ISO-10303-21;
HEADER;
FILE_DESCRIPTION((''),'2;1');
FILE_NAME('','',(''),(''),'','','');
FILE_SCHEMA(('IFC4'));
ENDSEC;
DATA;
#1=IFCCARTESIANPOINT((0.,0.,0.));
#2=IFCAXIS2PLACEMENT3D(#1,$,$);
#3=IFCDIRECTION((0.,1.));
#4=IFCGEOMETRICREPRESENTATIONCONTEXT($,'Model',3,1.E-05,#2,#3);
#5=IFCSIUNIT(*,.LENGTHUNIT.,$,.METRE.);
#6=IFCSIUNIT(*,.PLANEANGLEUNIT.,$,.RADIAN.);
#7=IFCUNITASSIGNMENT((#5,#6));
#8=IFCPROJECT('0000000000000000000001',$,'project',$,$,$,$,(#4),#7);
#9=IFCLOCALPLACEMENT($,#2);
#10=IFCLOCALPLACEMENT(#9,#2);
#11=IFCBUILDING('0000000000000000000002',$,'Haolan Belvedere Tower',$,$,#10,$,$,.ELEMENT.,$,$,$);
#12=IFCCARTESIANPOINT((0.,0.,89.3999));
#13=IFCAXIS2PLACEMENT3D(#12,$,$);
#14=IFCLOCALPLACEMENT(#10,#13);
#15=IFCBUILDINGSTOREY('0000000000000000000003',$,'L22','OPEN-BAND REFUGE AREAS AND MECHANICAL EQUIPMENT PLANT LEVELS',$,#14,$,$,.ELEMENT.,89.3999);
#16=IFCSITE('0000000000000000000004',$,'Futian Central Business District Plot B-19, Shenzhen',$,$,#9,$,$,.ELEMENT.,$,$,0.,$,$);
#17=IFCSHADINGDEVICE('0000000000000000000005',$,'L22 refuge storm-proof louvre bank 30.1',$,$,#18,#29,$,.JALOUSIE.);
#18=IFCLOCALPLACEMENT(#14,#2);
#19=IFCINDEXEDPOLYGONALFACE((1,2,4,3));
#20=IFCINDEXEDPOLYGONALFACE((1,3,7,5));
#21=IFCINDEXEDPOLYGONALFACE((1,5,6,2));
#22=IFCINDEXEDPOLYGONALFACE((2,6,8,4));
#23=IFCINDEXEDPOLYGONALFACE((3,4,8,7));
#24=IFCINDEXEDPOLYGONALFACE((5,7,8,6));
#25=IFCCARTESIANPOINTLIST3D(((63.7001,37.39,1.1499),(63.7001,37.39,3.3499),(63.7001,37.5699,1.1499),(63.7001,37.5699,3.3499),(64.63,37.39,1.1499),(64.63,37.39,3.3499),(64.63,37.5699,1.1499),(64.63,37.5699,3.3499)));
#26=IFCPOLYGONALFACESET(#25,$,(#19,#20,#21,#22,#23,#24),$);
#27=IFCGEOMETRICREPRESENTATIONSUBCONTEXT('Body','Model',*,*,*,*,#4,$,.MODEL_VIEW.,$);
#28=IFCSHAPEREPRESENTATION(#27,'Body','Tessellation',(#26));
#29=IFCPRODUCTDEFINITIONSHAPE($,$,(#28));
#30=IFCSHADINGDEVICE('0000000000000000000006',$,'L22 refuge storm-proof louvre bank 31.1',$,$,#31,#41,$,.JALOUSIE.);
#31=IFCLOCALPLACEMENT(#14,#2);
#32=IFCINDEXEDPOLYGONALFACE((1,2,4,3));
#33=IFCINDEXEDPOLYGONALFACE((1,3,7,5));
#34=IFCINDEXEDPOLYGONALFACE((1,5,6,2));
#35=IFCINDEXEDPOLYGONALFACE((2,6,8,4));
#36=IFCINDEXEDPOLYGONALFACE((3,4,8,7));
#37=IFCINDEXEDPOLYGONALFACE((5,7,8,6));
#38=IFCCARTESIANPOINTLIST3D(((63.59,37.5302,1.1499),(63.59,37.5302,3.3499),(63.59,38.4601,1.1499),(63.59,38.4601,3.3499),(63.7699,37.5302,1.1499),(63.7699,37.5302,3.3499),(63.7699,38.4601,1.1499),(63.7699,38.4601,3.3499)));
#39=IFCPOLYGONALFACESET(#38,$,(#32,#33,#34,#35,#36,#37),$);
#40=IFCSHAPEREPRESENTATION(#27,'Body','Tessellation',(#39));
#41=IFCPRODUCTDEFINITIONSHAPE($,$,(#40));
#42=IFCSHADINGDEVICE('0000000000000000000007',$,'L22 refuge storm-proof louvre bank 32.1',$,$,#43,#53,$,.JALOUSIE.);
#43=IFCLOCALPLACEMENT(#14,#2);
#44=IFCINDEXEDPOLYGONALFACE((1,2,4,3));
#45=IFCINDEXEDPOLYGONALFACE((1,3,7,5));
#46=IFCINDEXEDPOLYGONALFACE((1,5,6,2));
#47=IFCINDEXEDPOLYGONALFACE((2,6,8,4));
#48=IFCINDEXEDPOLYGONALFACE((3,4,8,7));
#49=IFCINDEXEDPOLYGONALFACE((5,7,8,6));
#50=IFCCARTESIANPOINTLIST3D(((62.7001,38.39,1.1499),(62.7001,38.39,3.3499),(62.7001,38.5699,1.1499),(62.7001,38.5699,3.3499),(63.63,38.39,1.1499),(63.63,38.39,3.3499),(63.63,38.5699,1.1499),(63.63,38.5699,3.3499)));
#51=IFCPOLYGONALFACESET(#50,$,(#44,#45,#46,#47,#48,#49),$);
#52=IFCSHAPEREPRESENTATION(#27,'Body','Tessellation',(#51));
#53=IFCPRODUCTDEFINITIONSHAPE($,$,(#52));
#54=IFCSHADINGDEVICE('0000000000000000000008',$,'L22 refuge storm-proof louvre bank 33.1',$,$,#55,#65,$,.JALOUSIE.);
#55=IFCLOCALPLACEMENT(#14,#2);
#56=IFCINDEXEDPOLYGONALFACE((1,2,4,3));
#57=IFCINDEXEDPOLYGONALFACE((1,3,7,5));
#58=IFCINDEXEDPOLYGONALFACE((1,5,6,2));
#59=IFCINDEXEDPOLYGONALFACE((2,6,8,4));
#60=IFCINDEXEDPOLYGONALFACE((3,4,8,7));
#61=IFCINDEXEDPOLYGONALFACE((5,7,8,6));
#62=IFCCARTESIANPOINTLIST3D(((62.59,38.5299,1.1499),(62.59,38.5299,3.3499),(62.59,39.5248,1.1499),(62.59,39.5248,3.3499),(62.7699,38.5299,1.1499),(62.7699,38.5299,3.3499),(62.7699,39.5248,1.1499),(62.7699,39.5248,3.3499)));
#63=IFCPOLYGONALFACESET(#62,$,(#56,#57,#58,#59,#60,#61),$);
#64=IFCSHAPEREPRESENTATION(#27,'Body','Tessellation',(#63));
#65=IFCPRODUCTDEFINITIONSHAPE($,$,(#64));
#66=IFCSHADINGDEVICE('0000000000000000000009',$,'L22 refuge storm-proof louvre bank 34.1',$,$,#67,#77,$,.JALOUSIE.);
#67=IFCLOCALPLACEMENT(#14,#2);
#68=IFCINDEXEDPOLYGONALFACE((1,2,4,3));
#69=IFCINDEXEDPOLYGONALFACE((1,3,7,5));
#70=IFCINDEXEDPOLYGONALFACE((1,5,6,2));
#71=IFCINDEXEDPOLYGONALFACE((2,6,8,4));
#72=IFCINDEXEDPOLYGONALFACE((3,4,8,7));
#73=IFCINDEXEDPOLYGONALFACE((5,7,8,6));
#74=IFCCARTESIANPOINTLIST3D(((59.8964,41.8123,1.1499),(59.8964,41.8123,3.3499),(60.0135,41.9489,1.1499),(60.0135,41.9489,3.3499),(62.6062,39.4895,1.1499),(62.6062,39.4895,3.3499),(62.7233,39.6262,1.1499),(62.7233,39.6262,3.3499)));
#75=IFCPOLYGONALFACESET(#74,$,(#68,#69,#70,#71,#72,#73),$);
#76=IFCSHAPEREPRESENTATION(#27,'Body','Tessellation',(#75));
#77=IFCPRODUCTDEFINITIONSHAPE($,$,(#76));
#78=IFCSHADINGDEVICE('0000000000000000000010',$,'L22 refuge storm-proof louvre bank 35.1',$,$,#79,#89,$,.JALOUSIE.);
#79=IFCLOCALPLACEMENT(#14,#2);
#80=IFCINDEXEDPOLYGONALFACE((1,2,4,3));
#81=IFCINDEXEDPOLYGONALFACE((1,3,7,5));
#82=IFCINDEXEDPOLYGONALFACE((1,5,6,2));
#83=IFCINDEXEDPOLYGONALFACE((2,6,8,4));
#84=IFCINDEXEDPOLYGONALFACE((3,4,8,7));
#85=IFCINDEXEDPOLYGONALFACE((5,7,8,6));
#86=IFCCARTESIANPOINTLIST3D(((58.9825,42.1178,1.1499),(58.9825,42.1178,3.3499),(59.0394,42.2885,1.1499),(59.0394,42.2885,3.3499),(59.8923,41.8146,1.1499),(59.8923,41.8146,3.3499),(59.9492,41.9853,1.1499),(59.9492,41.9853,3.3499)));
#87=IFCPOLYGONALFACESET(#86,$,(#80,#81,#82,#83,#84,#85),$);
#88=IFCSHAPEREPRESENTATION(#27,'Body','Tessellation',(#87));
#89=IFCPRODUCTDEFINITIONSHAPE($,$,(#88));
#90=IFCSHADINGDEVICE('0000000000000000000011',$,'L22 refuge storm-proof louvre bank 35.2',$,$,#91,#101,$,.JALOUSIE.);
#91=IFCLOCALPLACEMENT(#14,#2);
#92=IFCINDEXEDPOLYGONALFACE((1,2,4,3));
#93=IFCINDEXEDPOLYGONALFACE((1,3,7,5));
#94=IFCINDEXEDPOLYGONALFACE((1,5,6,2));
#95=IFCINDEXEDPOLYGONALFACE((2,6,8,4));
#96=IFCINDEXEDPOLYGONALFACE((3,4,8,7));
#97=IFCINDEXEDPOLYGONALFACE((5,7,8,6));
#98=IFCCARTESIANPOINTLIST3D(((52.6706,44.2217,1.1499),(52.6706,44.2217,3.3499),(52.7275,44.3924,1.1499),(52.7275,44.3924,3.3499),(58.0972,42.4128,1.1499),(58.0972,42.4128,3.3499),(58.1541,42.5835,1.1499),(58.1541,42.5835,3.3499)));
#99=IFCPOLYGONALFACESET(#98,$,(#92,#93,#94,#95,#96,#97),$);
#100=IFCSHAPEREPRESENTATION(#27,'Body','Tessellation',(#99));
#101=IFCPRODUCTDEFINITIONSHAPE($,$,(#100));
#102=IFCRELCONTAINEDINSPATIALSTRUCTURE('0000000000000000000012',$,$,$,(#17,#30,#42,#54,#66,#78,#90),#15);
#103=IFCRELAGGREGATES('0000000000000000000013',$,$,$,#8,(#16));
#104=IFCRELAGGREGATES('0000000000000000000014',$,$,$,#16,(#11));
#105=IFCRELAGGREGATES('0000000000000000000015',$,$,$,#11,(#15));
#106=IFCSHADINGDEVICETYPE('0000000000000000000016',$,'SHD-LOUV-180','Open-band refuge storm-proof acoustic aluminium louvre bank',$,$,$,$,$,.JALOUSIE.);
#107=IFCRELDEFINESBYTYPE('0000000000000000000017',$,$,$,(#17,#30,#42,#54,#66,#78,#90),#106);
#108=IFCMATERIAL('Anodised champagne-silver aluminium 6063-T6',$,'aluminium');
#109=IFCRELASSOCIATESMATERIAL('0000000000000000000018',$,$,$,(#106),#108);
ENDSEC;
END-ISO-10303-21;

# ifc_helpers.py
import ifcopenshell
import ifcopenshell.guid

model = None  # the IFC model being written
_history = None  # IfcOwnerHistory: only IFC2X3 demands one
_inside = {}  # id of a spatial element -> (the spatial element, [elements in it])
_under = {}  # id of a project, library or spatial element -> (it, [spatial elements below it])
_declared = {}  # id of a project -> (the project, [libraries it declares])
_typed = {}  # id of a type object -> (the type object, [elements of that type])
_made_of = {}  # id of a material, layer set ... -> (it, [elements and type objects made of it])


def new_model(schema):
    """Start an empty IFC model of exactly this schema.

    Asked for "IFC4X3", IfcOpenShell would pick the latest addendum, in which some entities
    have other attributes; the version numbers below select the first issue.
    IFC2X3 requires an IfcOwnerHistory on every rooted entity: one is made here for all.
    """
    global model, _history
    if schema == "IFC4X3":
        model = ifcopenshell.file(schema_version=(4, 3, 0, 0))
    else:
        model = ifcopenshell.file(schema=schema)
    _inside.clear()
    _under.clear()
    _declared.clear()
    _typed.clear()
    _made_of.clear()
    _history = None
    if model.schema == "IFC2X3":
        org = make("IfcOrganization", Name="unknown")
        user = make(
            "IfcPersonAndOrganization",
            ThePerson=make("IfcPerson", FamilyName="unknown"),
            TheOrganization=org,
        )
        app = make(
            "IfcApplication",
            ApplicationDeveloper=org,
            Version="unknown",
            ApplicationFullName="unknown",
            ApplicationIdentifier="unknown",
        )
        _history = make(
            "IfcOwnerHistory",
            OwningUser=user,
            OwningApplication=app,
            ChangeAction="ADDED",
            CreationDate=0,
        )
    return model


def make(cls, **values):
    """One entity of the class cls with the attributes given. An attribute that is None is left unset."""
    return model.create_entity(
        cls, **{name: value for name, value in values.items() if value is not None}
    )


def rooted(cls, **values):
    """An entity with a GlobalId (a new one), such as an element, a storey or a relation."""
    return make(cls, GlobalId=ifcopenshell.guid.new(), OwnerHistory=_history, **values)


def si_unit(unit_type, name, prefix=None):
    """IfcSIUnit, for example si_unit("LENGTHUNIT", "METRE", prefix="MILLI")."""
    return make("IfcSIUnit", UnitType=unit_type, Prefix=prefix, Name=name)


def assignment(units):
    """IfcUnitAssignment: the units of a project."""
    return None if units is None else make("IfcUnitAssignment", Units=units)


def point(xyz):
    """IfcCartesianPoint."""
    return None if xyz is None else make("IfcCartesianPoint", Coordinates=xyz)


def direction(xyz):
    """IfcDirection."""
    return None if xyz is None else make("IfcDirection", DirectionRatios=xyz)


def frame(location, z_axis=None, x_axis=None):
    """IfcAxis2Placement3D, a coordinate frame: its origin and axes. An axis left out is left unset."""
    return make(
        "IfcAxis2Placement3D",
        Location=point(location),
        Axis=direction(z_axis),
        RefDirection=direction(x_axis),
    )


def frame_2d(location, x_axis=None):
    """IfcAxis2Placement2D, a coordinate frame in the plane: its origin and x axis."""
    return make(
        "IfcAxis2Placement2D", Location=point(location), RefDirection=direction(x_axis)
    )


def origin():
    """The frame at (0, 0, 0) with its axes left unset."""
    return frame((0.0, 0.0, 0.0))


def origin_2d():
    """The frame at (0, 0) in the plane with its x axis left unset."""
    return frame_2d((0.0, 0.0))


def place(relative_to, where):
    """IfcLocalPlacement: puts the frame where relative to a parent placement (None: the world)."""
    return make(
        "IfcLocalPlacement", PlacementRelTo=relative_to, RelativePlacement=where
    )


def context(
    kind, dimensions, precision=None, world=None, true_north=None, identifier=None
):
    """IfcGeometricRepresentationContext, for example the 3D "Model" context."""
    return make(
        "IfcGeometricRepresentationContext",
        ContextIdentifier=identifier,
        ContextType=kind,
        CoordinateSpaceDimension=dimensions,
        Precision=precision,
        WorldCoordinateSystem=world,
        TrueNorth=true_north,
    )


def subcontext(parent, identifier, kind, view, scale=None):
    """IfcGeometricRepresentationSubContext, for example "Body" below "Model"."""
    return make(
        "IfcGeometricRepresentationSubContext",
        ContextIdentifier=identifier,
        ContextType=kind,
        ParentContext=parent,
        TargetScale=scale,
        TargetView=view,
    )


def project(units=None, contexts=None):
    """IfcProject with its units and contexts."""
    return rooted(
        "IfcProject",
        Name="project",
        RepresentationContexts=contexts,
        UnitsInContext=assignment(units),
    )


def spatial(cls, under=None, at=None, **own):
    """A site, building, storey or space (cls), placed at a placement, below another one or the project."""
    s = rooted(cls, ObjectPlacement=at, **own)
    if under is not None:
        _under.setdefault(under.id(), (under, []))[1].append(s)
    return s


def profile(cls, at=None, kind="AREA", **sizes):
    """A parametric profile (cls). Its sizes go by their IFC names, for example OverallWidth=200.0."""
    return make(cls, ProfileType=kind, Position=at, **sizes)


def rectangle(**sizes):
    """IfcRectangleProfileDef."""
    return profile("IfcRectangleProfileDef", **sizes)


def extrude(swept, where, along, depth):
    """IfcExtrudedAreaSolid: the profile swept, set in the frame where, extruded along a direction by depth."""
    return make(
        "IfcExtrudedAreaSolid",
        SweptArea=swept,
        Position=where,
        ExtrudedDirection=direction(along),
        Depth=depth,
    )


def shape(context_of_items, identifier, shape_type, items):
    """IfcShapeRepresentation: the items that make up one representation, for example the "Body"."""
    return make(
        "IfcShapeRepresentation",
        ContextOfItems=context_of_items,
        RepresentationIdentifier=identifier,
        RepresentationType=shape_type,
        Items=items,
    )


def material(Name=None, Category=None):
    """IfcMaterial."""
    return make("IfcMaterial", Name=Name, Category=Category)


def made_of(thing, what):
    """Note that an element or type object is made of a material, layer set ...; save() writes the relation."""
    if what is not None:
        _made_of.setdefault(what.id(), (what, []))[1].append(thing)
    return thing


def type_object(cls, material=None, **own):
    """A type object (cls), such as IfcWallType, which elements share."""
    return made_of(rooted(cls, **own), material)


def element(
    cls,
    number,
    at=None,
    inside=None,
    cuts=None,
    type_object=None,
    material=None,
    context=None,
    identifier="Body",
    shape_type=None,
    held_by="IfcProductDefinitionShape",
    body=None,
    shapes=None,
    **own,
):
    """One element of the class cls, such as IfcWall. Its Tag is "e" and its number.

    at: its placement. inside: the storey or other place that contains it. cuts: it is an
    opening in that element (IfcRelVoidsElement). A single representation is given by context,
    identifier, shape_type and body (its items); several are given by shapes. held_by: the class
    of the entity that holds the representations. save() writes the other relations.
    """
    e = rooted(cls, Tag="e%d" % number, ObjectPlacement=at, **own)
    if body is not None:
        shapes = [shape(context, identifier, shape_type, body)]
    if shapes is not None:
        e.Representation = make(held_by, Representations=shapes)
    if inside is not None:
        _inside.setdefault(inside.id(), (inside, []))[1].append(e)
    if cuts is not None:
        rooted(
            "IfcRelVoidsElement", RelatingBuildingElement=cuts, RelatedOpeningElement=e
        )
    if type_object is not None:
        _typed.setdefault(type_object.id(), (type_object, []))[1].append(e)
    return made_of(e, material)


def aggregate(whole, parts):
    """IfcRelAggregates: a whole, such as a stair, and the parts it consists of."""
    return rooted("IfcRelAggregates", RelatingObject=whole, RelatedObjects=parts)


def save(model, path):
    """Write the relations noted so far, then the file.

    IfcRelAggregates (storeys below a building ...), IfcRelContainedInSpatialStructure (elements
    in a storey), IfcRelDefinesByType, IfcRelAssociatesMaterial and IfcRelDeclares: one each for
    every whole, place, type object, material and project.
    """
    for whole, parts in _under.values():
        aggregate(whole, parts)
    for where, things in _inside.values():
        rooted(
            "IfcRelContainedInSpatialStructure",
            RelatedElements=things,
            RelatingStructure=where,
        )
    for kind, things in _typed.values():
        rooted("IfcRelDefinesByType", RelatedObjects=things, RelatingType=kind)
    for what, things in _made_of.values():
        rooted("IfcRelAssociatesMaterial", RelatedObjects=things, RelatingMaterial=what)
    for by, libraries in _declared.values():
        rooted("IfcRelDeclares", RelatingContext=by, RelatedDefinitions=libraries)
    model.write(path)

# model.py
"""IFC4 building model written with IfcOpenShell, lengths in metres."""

from ifc_helpers import new_model, si_unit, direction, frame, origin, origin_2d, place, context, subcontext, project, spatial, rectangle, extrude, material, type_object, element, save


model = new_model("IFC4")

# Units and contexts
model_context = context("Model", 3, precision=1e-05, world=origin(), true_north=direction((0.0, 1.0)))
body_context = subcontext(model_context, "Body", "Model", "MODEL_VIEW")
ifc_project = project(units=[si_unit("LENGTHUNIT", "METRE"), si_unit("PLANEANGLEUNIT", "RADIAN")], contexts=[model_context])

# Site, building, storey
site_placement = place(None, origin())
site = spatial("IfcSite", under=ifc_project, at=site_placement, Name="Futian Central Business District Plot B-19, Shenzhen", CompositionType="ELEMENT", RefElevation=0.0)
building_placement = place(site_placement, origin())
building = spatial("IfcBuilding", under=site, at=building_placement, Name="Haolan Belvedere Tower", CompositionType="ELEMENT")
storey_placement = place(building_placement, frame((0.0, 0.0, 89.3999)))
storey = spatial("IfcBuildingStorey", under=building, at=storey_placement, Name="L22", Description="OPEN-BAND REFUGE AREAS AND MECHANICAL EQUIPMENT PLANT LEVELS", CompositionType="ELEMENT", Elevation=89.3999)

# Shading devices
ifc_material_1 = material(Name="Anodised champagne-silver aluminium 6063-T6", Category="aluminium")
shading_device_type = type_object("IfcShadingDeviceType", Name="SHD-LOUV-180", Description="Open-band refuge storm-proof acoustic aluminium louvre bank", PredefinedType="JALOUSIE", material=ifc_material_1)
for number, where, z_axis, x_axis, name in (
    (1, (64.165, 37.48, 1.1499), (0.0, 0.0, 1.0), (-1.0, 0.0, 0.0), "L22 refuge storm-proof louvre bank 30.1"),
    (2, (63.6799, 37.9951, 1.1499), (0.0, 0.0, 1.0), (0.0, 1.0, 0.0), "L22 refuge storm-proof louvre bank 31.1"),
    (3, (63.165, 38.48, 1.1499), (0.0, 0.0, 1.0), (-1.0, 0.0, 0.0), "L22 refuge storm-proof louvre bank 32.1"),
):
    element("IfcShadingDevice", number, at=place(storey_placement, frame(where, z_axis=z_axis, x_axis=x_axis)), inside=storey, type_object=shading_device_type, Name=name, PredefinedType="JALOUSIE", context=body_context, shape_type="SweptSolid", body=[
        extrude(rectangle(XDim=0.9299, YDim=0.1799, at=origin_2d()), origin(), (0.0, 0.0, 1.0), 2.2),
    ])
shading_device_1_placement = place(storey_placement, frame((62.6799, 39.0273, 1.1499), z_axis=(0.0, 0.0, 1.0), x_axis=(0.0, 1.0, 0.0)))
element("IfcShadingDevice", 4, at=shading_device_1_placement, inside=storey, type_object=shading_device_type, Name="L22 refuge storm-proof louvre bank 33.1", PredefinedType="JALOUSIE", context=body_context, shape_type="SweptSolid", body=[
    extrude(rectangle(XDim=0.9949, YDim=0.1799, at=origin_2d()), origin(), (0.0, 0.0, 1.0), 2.2),
])
shading_device_2_placement = place(storey_placement, frame((61.3098, 40.7192, 1.1499), z_axis=(0.0, 0.0, 1.0), x_axis=(-0.759249, 0.650801, 0.0)))
element("IfcShadingDevice", 5, at=shading_device_2_placement, inside=storey, type_object=shading_device_type, Name="L22 refuge storm-proof louvre bank 34.1", PredefinedType="JALOUSIE", context=body_context, shape_type="SweptSolid", body=[
    extrude(rectangle(XDim=3.5691, YDim=0.1799, at=origin_2d()), origin(), (0.0, 0.0, 1.0), 2.2),
])
shading_device_3_placement = place(storey_placement, frame((59.4658, 42.0515, 1.1499), z_axis=(0.0, 0.0, 1.0), x_axis=(-0.948694, 0.316195, 0.0)))
element("IfcShadingDevice", 6, at=shading_device_3_placement, inside=storey, type_object=shading_device_type, Name="L22 refuge storm-proof louvre bank 35.1", PredefinedType="JALOUSIE", context=body_context, shape_type="SweptSolid", body=[
    extrude(rectangle(XDim=0.959, YDim=0.1799, at=origin_2d()), origin(), (0.0, 0.0, 1.0), 2.2),
])
shading_device_4_placement = place(storey_placement, frame((55.4124, 43.4026, 1.1499), z_axis=(0.0, 0.0, 1.0), x_axis=(-0.948683, 0.316229, 0.0)))
element("IfcShadingDevice", 7, at=shading_device_4_placement, inside=storey, type_object=shading_device_type, Name="L22 refuge storm-proof louvre bank 35.2", PredefinedType="JALOUSIE", context=body_context, shape_type="SweptSolid", body=[
    extrude(rectangle(XDim=5.7202, YDim=0.1799, at=origin_2d()), origin(), (0.0, 0.0, 1.0), 2.2),
])

save(model, "model.ifc")
